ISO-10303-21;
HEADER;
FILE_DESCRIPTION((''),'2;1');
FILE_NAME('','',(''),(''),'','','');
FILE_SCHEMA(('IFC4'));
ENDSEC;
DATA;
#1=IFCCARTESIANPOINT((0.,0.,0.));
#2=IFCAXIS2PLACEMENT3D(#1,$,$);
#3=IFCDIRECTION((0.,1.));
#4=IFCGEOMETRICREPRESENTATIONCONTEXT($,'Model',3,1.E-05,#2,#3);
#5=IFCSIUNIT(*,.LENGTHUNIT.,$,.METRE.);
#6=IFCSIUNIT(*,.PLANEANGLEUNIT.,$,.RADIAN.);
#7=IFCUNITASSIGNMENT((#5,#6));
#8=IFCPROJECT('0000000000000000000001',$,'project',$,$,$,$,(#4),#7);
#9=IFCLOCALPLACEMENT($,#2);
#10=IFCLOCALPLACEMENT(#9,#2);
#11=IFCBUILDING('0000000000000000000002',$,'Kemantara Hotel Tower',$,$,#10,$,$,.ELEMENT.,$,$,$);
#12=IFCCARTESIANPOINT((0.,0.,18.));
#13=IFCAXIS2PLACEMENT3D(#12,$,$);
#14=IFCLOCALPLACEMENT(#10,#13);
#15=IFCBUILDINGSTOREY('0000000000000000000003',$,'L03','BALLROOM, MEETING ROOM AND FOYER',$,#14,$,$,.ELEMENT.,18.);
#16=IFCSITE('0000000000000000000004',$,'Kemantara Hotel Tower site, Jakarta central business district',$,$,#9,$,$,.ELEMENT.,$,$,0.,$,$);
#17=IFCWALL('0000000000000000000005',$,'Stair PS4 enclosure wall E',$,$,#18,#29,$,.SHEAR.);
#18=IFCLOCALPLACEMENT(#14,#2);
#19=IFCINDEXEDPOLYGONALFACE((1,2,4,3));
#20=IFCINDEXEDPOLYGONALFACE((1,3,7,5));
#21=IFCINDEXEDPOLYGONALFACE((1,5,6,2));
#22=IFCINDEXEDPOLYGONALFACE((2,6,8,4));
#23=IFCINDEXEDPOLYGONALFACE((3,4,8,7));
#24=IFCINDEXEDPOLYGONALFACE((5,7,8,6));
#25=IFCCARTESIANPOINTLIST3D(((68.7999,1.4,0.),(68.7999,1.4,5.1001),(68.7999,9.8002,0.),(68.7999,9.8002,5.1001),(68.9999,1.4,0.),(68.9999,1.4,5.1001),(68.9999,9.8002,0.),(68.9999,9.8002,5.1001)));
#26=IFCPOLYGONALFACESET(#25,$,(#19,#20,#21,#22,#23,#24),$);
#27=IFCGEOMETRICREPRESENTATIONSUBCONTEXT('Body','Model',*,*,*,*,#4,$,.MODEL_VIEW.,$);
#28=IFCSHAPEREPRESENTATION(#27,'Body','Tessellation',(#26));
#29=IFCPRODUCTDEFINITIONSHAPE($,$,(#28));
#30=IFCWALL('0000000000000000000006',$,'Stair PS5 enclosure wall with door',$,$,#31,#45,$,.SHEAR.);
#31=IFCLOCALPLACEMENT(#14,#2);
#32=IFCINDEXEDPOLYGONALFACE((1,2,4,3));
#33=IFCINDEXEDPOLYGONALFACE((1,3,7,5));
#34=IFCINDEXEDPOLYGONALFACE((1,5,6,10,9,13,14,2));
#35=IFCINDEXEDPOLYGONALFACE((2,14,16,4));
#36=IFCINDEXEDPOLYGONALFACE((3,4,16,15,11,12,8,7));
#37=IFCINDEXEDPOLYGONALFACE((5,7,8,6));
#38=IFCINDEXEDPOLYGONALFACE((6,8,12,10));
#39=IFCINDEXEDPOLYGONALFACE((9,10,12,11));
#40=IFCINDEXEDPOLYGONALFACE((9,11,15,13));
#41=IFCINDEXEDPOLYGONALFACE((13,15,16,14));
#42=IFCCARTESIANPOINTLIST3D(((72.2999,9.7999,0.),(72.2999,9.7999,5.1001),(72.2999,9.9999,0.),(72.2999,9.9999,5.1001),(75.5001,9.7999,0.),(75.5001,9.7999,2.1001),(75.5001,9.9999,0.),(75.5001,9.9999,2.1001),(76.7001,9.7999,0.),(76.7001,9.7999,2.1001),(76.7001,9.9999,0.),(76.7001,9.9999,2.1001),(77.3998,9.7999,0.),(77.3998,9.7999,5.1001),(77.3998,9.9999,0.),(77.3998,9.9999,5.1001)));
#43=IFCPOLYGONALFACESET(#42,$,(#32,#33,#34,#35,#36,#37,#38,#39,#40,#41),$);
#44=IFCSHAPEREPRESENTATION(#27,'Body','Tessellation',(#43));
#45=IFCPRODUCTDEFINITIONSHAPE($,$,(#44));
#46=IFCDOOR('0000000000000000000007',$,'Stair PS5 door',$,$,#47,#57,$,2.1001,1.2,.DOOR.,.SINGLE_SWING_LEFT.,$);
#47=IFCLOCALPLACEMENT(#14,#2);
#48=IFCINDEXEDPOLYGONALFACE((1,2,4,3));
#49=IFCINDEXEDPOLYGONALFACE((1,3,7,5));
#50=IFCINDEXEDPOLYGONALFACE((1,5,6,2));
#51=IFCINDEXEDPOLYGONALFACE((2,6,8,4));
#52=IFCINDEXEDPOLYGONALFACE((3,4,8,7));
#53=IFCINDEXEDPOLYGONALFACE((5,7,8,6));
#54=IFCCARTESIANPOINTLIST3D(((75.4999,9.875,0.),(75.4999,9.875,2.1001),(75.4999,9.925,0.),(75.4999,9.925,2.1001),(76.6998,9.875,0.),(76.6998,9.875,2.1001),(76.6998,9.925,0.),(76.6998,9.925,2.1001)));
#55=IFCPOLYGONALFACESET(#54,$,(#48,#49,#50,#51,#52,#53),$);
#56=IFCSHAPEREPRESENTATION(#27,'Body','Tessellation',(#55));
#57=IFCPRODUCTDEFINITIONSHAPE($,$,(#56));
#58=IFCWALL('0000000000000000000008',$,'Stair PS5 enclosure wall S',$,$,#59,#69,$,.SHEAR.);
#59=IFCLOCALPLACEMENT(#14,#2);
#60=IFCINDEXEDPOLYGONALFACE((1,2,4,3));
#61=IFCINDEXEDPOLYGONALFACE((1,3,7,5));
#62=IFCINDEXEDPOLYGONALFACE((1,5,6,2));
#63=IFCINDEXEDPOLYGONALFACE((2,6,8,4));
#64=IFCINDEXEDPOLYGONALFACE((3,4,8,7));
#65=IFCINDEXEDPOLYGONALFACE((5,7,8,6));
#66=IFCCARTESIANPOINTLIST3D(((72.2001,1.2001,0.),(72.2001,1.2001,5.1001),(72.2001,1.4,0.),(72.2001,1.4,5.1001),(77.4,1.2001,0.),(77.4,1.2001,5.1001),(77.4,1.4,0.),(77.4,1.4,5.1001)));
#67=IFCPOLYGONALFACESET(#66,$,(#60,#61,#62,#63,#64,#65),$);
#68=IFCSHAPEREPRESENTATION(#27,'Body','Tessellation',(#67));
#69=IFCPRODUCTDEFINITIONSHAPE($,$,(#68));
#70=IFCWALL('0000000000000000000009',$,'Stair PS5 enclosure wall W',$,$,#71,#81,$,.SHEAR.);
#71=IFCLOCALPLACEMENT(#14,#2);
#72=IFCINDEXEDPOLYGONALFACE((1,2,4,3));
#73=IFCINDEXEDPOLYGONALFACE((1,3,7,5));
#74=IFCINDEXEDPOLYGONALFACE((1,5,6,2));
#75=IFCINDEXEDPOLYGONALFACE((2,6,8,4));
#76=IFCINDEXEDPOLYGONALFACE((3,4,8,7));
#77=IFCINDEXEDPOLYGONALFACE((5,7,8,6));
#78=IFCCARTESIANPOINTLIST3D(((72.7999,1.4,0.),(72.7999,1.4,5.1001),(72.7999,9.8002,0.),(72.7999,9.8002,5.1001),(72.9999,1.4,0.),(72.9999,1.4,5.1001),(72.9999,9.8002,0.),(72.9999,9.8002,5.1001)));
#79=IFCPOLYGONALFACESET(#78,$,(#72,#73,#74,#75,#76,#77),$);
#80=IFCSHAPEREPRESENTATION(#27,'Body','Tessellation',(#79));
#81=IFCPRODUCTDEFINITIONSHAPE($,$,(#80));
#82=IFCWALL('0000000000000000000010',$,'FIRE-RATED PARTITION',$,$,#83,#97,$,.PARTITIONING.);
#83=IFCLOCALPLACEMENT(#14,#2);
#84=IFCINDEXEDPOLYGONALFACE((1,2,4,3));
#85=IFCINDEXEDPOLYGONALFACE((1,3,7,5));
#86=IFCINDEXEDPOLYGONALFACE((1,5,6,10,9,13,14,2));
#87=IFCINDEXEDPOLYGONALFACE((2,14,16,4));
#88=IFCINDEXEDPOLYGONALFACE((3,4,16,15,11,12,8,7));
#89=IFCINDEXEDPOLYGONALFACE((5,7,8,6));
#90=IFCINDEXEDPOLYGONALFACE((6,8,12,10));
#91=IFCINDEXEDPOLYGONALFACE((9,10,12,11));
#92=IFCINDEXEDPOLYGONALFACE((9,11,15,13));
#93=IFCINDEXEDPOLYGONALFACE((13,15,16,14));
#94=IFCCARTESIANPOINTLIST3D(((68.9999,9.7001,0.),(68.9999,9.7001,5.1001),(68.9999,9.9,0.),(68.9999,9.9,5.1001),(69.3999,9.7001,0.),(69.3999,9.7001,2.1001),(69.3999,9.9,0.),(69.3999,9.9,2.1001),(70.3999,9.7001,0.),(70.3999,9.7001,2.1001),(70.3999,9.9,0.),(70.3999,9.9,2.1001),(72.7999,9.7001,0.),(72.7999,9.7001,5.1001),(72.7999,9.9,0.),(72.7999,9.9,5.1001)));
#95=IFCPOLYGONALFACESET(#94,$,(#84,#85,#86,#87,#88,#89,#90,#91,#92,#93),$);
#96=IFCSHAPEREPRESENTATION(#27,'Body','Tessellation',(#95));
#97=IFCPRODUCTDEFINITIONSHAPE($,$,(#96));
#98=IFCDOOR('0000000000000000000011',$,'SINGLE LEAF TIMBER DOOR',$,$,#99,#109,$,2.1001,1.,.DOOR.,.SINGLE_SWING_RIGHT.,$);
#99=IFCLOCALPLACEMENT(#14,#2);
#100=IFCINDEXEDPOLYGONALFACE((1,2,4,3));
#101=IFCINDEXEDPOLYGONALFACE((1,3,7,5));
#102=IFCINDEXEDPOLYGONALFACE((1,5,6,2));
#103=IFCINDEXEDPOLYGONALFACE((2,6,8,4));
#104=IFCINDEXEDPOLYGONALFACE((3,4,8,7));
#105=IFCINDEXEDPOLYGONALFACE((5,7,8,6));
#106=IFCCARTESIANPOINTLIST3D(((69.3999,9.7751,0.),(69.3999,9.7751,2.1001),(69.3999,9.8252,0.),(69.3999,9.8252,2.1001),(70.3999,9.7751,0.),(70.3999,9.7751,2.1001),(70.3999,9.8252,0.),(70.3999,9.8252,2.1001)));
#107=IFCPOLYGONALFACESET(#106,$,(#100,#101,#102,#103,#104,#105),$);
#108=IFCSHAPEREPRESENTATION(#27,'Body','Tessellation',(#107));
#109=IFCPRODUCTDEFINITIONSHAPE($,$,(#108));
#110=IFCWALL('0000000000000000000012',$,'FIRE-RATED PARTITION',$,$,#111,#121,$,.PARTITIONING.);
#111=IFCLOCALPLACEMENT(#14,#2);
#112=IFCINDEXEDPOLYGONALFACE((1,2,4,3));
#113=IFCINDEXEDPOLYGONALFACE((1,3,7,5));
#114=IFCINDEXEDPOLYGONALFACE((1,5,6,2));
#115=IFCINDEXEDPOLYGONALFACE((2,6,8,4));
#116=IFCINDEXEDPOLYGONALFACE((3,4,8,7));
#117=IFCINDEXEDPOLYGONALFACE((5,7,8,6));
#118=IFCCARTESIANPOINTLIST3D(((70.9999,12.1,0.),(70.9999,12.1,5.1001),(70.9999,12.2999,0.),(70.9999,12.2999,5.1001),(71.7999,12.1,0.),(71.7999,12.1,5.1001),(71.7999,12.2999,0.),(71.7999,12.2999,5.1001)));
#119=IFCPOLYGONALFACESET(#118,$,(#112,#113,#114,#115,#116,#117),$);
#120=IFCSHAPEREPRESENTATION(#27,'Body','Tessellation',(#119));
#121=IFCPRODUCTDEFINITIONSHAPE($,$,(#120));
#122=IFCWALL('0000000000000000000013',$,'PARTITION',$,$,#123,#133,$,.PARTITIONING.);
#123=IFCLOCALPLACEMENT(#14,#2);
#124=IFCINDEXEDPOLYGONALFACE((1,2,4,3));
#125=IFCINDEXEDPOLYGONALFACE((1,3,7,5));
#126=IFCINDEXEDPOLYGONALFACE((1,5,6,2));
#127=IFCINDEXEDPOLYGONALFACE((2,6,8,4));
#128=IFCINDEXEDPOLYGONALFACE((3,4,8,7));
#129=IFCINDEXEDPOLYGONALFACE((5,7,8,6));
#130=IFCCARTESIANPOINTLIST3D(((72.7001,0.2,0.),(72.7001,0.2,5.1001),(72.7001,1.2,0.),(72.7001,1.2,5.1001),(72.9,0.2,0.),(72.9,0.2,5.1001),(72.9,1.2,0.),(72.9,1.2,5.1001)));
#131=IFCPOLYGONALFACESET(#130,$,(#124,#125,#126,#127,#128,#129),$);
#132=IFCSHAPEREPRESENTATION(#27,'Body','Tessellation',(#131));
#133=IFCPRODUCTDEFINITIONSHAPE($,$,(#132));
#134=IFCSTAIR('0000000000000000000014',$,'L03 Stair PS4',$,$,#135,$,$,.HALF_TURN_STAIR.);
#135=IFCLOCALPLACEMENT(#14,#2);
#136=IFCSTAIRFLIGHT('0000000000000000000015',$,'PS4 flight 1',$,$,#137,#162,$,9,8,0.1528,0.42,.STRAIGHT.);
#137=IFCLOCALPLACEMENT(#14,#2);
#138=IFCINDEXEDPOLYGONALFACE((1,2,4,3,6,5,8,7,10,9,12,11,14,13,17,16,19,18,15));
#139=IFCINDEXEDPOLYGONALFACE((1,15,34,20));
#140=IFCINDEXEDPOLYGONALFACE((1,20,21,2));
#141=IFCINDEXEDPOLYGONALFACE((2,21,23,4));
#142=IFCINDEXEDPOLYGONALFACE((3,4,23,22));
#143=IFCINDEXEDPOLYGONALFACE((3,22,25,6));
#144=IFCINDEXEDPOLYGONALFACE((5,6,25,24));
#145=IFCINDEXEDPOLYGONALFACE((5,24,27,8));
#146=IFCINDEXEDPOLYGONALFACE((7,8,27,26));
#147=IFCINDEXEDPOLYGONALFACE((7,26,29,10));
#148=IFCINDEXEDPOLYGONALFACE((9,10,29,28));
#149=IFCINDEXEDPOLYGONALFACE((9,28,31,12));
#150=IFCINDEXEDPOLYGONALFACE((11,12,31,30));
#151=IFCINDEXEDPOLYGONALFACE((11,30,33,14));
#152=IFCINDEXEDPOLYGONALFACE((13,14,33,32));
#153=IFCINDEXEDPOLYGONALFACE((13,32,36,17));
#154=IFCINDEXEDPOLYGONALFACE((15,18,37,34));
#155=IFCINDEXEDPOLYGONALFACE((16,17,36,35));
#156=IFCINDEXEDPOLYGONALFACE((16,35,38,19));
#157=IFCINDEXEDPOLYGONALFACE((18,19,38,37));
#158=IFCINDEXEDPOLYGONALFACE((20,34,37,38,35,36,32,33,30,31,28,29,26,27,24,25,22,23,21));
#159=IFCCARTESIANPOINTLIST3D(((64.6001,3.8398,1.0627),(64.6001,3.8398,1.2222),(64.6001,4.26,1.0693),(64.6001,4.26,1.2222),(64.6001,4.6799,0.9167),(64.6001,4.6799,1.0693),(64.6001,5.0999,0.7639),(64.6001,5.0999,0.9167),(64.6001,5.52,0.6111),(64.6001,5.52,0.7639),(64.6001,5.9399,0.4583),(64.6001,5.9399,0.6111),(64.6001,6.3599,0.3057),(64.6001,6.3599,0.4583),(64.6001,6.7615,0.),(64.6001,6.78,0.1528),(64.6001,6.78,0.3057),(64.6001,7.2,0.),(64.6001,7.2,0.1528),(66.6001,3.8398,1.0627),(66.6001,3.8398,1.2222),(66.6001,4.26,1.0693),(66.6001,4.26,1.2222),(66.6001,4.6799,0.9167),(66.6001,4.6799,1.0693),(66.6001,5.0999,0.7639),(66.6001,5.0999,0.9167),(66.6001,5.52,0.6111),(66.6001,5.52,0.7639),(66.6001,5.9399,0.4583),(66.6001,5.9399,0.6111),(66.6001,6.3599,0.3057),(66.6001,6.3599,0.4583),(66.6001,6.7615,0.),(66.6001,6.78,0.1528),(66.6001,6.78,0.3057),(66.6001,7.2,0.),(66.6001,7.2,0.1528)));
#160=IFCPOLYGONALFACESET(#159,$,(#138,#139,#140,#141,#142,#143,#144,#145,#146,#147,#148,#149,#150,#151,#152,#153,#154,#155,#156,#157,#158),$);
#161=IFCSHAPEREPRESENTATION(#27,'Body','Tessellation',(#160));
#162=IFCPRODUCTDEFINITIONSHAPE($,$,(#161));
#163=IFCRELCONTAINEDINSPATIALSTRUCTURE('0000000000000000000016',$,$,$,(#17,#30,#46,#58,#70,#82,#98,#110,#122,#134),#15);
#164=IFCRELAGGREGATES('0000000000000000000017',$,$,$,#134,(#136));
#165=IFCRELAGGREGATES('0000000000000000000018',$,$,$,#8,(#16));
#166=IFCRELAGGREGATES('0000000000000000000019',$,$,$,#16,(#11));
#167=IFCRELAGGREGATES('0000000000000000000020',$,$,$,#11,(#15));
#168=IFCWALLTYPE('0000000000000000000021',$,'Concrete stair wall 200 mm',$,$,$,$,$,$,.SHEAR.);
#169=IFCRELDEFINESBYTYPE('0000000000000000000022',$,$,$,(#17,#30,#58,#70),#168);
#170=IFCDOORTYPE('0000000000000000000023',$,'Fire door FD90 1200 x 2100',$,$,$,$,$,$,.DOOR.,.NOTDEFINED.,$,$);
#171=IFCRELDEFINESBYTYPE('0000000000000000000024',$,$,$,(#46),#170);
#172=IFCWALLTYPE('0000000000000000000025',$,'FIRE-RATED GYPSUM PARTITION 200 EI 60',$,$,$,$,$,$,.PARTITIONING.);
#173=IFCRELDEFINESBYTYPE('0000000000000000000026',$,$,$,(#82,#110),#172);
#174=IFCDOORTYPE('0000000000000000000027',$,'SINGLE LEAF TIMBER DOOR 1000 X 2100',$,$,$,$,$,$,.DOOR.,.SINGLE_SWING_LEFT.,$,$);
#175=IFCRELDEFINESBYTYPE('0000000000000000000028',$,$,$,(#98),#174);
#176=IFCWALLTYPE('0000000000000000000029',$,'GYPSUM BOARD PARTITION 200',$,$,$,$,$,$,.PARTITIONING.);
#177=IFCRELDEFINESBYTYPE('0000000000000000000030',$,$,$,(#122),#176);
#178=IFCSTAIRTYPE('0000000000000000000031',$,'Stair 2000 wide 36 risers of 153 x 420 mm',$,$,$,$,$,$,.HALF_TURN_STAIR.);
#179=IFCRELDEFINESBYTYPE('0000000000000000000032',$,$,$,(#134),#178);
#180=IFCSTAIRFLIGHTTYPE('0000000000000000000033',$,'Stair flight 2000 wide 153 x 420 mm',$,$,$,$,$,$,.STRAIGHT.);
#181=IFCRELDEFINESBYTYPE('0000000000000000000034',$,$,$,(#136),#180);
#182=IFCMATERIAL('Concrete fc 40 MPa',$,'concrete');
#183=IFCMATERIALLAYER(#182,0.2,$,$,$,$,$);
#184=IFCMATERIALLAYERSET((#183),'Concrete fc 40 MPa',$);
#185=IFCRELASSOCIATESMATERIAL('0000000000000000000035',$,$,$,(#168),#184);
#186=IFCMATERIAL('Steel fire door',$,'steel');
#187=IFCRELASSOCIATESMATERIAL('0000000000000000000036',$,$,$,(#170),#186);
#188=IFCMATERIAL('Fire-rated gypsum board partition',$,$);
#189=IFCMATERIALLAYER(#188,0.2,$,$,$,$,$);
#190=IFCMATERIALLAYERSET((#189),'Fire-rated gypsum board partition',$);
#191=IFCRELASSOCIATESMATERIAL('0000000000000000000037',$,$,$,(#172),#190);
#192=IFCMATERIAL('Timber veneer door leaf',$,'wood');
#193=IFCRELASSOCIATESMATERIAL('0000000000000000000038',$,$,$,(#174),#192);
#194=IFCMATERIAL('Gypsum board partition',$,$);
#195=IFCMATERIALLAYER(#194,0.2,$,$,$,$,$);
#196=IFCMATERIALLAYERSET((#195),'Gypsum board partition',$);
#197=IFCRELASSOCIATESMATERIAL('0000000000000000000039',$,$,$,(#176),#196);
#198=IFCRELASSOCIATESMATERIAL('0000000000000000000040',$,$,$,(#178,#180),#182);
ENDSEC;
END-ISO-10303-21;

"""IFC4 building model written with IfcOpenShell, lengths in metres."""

from ifc_helpers import new_model, si_unit, direction, frame, frame_2d, origin, place, context, subcontext, project, spatial, polyline, rectangle, outline, extrude, material, layer, layer_set, type_object, element, fill, aggregate, save


model = new_model("IFC4")

# Units and contexts
model_context = context("Model", 3, precision=1e-05, world=origin(), true_north=direction((0.0, 1.0)))
body_context = subcontext(model_context, "Body", "Model", "MODEL_VIEW")
ifc_project = project(units=[si_unit("LENGTHUNIT", "METRE"), si_unit("PLANEANGLEUNIT", "RADIAN")], contexts=[model_context])

# Site, building, storey
site_placement = place(None, origin())
site = spatial("IfcSite", under=ifc_project, at=site_placement, Name="Kemantara Hotel Tower site, Jakarta central business district", CompositionType="ELEMENT", RefElevation=0.0)
building_placement = place(site_placement, origin())
building = spatial("IfcBuilding", under=site, at=building_placement, Name="Kemantara Hotel Tower", CompositionType="ELEMENT")
storey_placement = place(building_placement, frame((0.0, 0.0, 18.0)))
storey = spatial("IfcBuildingStorey", under=building, at=storey_placement, Name="L03", Description="BALLROOM, MEETING ROOM AND FOYER", CompositionType="ELEMENT", Elevation=18.0)

# Shared definitions
ifc_material_1 = material(Name="Concrete fc 40 MPa", Category="concrete")
ifc_layer_1 = layer(ifc_material_1, 0.2)
ifc_layer_set_1 = layer_set([ifc_layer_1], Name="Concrete fc 40 MPa")
wall_type_1 = type_object("IfcWallType", Name="Concrete stair wall 200 mm", PredefinedType="SHEAR", material=ifc_layer_set_1)
ifc_material_2 = material(Name="Steel fire door", Category="steel")
door_type_1 = type_object("IfcDoorType", Name="Fire door FD90 1200 x 2100", OperationType="NOTDEFINED", PredefinedType="DOOR", material=ifc_material_2)

# Wall
for number, where, z_axis, x_axis, name in (
    (1, (68.8999, 1.3999, 0.0), (0.0, 0.0, 1.0), (0.0, 1.0, 0.0), "Stair PS4 enclosure wall E"),
):
    element("IfcWall", number, at=place(storey_placement, frame(where, z_axis=z_axis, x_axis=x_axis)), inside=storey, type_object=wall_type_1, Name=name, PredefinedType="SHEAR", context=body_context, shape_type="SweptSolid", body=[
        extrude(rectangle(XDim=8.4001, YDim=0.2, at=frame_2d((4.2002, 0.0))), origin(), (0.0, 0.0, 1.0), 5.1001),
    ])

# Wall, opening, door
wall_1_placement = place(storey_placement, frame((72.3, 9.8999, 0.0), z_axis=(0.0, 0.0, 1.0), x_axis=(1.0, 0.0, 0.0)))
wall_1 = element("IfcWall", 2, at=wall_1_placement, inside=storey, type_object=wall_type_1, Name="Stair PS5 enclosure wall with door", PredefinedType="SHEAR", context=body_context, shape_type="SweptSolid", body=[
    extrude(rectangle(XDim=5.0999, YDim=0.2, at=frame_2d((2.5498, 0.0))), origin(), (0.0, 0.0, 1.0), 5.1001),
])
opening_1_placement = place(wall_1_placement, frame((3.2, 0.0, 0.0)))
opening_1 = element("IfcOpeningElement", 3, at=opening_1_placement, cuts=wall_1, PredefinedType="OPENING", context=body_context, shape_type="SweptSolid", body=[
    extrude(rectangle(XDim=1.2, YDim=2.1001, at=frame_2d((0.6001, 1.05))), frame((0.0, 0.1099, 0.0), z_axis=(0.0, -1.0, 0.0), x_axis=(1.0, 0.0, 0.0)), (0.0, 0.0, 1.0), 0.22),
])
door_1_placement = place(opening_1_placement, frame((1.2, 0.0, 0.0), z_axis=(0.0, 0.0, 1.0), x_axis=(-1.0, 0.0, 0.0)))
door_1 = element("IfcDoor", 4, at=door_1_placement, inside=storey, type_object=door_type_1, Name="Stair PS5 door", OperationType="SINGLE_SWING_LEFT", OverallHeight=2.1001, OverallWidth=1.2, PredefinedType="DOOR", context=body_context, shape_type="SweptSolid", body=[
    extrude(rectangle(XDim=1.2, YDim=2.1001, at=frame_2d((0.6001, 1.05))), frame((0.0, 0.0249, 0.0), z_axis=(0.0, -1.0, 0.0), x_axis=(1.0, 0.0, 0.0)), (0.0, 0.0, 1.0), 0.05),
])
fill(opening_1, door_1)

# Walls
wall_2_placement = place(storey_placement, frame((72.2, 1.3, 0.0), z_axis=(0.0, 0.0, 1.0), x_axis=(1.0, 0.0, 0.0)))
element("IfcWall", 5, at=wall_2_placement, inside=storey, type_object=wall_type_1, Name="Stair PS5 enclosure wall S", PredefinedType="SHEAR", context=body_context, shape_type="SweptSolid", body=[
    extrude(rectangle(XDim=5.2, YDim=0.2, at=frame_2d((2.6001, 0.0))), origin(), (0.0, 0.0, 1.0), 5.1001),
])
wall_3_placement = place(storey_placement, frame((72.8999, 1.3999, 0.0), z_axis=(0.0, 0.0, 1.0), x_axis=(0.0, 1.0, 0.0)))
element("IfcWall", 6, at=wall_3_placement, inside=storey, type_object=wall_type_1, Name="Stair PS5 enclosure wall W", PredefinedType="SHEAR", context=body_context, shape_type="SweptSolid", body=[
    extrude(rectangle(XDim=8.4001, YDim=0.2, at=frame_2d((4.2002, 0.0))), origin(), (0.0, 0.0, 1.0), 5.1001),
])

# Wall, opening, door
ifc_material_3 = material(Name="Fire-rated gypsum board partition")
ifc_layer_2 = layer(ifc_material_3, 0.2)
ifc_layer_set_2 = layer_set([ifc_layer_2], Name="Fire-rated gypsum board partition")
wall_type_2 = type_object("IfcWallType", Name="FIRE-RATED GYPSUM PARTITION 200 EI 60", PredefinedType="PARTITIONING", material=ifc_layer_set_2)
wall_4_placement = place(storey_placement, frame((69.0, 9.8, 0.0), z_axis=(0.0, 0.0, 1.0), x_axis=(1.0, 0.0, 0.0)))
wall_4 = element("IfcWall", 7, at=wall_4_placement, inside=storey, type_object=wall_type_2, Name="FIRE-RATED PARTITION", PredefinedType="PARTITIONING", context=body_context, shape_type="SweptSolid", body=[
    extrude(rectangle(XDim=3.8, YDim=0.2, at=frame_2d((1.8999, 0.0))), origin(), (0.0, 0.0, 1.0), 5.1001),
])
opening_2_placement = place(wall_4_placement, frame((0.3999, 0.0, 0.0)))
opening_2 = element("IfcOpeningElement", 8, at=opening_2_placement, cuts=wall_4, PredefinedType="OPENING", context=body_context, shape_type="SweptSolid", body=[
    extrude(rectangle(XDim=1.0, YDim=2.1001, at=frame_2d((0.5, 1.05))), frame((0.0, 0.1099, 0.0), z_axis=(0.0, -1.0, 0.0), x_axis=(1.0, 0.0, 0.0)), (0.0, 0.0, 1.0), 0.22),
])
ifc_material_4 = material(Name="Timber veneer door leaf", Category="wood")
door_type_2 = type_object("IfcDoorType", Name="SINGLE LEAF TIMBER DOOR 1000 X 2100", OperationType="SINGLE_SWING_LEFT", PredefinedType="DOOR", material=ifc_material_4)
door_2_placement = place(opening_2_placement, frame((1.0, 0.0, 0.0), z_axis=(0.0, 0.0, 1.0), x_axis=(-1.0, 0.0, 0.0)))
door_2 = element("IfcDoor", 9, at=door_2_placement, inside=storey, type_object=door_type_2, Name="SINGLE LEAF TIMBER DOOR", OperationType="SINGLE_SWING_RIGHT", OverallHeight=2.1001, OverallWidth=1.0, PredefinedType="DOOR", context=body_context, shape_type="SweptSolid", body=[
    extrude(rectangle(XDim=1.0, YDim=2.1001, at=frame_2d((0.5, 1.05))), frame((0.0, 0.0249, 0.0), z_axis=(0.0, -1.0, 0.0), x_axis=(1.0, 0.0, 0.0)), (0.0, 0.0, 1.0), 0.05),
])
fill(opening_2, door_2)

# Walls
wall_5_placement = place(storey_placement, frame((71.0, 12.2, 0.0), z_axis=(0.0, 0.0, 1.0), x_axis=(1.0, 0.0, 0.0)))
element("IfcWall", 10, at=wall_5_placement, inside=storey, type_object=wall_type_2, Name="FIRE-RATED PARTITION", PredefinedType="PARTITIONING", context=body_context, shape_type="SweptSolid", body=[
    extrude(rectangle(XDim=0.8, YDim=0.2, at=frame_2d((0.3999, 0.0))), origin(), (0.0, 0.0, 1.0), 5.1001),
])
ifc_material_5 = material(Name="Gypsum board partition")
ifc_layer_3 = layer(ifc_material_5, 0.2)
ifc_layer_set_3 = layer_set([ifc_layer_3], Name="Gypsum board partition")
wall_type_3 = type_object("IfcWallType", Name="GYPSUM BOARD PARTITION 200", PredefinedType="PARTITIONING", material=ifc_layer_set_3)
wall_6_placement = place(storey_placement, frame((72.8, 0.2, 0.0), z_axis=(0.0, 0.0, 1.0), x_axis=(0.0, 1.0, 0.0)))
element("IfcWall", 11, at=wall_6_placement, inside=storey, type_object=wall_type_3, Name="PARTITION", PredefinedType="PARTITIONING", context=body_context, shape_type="SweptSolid", body=[
    extrude(rectangle(XDim=1.0, YDim=0.2, at=frame_2d((0.5, 0.0))), origin(), (0.0, 0.0, 1.0), 5.1001),
])

# Stair, stair flight
stair_type = type_object("IfcStairType", Name="Stair 2000 wide 36 risers of 153 x 420 mm", PredefinedType="HALF_TURN_STAIR", material=ifc_material_1)
stair_1_placement = place(storey_placement, origin())
stair_1 = element("IfcStair", 12, at=stair_1_placement, inside=storey, type_object=stair_type, Name="L03 Stair PS4", PredefinedType="HALF_TURN_STAIR")
stair_flight_type = type_object("IfcStairFlightType", Name="Stair flight 2000 wide 153 x 420 mm", PredefinedType="STRAIGHT", material=ifc_material_1)
stair_flight_1_placement = place(storey_placement, frame((65.6001, 7.2, 0.0), z_axis=(0.0, 0.0, 1.0), x_axis=(0.0, -1.0, 0.0)))
stair_flight_1 = element("IfcStairFlight", 13, at=stair_flight_1_placement, type_object=stair_flight_type, Name="PS4 flight 1", NumberOfRisers=9, NumberOfTreads=8, PredefinedType="STRAIGHT", RiserHeight=0.1528, TreadLength=0.42, context=body_context, shape_type="SweptSolid", body=[
    extrude(outline(polyline([(0.0, 0.0), (0.0, 0.1528), (0.4199, 0.1528), (0.4199, 0.3057), (0.8401, 0.3057), (0.8401, 0.4583), (1.26, 0.4583), (1.26, 0.6111), (1.6799, 0.6111), (1.6799, 0.7639), (2.1001, 0.7639), (2.1001, 0.9167), (2.52, 0.9167), (2.52, 1.0693), (2.9399, 1.0693), (2.9399, 1.2222), (3.3601, 1.2222), (3.3601, 1.375), (3.3601, 1.0627), (0.4385, 0.0), (0.0, 0.0)])), frame((0.0, 1.0, 0.0), z_axis=(0.0, -1.0, 0.0), x_axis=(1.0, 0.0, 0.0)), (0.0, 0.0, 1.0), 2.0),
])
aggregate(stair_1, [stair_flight_1])

save(model, "model.ifc")
